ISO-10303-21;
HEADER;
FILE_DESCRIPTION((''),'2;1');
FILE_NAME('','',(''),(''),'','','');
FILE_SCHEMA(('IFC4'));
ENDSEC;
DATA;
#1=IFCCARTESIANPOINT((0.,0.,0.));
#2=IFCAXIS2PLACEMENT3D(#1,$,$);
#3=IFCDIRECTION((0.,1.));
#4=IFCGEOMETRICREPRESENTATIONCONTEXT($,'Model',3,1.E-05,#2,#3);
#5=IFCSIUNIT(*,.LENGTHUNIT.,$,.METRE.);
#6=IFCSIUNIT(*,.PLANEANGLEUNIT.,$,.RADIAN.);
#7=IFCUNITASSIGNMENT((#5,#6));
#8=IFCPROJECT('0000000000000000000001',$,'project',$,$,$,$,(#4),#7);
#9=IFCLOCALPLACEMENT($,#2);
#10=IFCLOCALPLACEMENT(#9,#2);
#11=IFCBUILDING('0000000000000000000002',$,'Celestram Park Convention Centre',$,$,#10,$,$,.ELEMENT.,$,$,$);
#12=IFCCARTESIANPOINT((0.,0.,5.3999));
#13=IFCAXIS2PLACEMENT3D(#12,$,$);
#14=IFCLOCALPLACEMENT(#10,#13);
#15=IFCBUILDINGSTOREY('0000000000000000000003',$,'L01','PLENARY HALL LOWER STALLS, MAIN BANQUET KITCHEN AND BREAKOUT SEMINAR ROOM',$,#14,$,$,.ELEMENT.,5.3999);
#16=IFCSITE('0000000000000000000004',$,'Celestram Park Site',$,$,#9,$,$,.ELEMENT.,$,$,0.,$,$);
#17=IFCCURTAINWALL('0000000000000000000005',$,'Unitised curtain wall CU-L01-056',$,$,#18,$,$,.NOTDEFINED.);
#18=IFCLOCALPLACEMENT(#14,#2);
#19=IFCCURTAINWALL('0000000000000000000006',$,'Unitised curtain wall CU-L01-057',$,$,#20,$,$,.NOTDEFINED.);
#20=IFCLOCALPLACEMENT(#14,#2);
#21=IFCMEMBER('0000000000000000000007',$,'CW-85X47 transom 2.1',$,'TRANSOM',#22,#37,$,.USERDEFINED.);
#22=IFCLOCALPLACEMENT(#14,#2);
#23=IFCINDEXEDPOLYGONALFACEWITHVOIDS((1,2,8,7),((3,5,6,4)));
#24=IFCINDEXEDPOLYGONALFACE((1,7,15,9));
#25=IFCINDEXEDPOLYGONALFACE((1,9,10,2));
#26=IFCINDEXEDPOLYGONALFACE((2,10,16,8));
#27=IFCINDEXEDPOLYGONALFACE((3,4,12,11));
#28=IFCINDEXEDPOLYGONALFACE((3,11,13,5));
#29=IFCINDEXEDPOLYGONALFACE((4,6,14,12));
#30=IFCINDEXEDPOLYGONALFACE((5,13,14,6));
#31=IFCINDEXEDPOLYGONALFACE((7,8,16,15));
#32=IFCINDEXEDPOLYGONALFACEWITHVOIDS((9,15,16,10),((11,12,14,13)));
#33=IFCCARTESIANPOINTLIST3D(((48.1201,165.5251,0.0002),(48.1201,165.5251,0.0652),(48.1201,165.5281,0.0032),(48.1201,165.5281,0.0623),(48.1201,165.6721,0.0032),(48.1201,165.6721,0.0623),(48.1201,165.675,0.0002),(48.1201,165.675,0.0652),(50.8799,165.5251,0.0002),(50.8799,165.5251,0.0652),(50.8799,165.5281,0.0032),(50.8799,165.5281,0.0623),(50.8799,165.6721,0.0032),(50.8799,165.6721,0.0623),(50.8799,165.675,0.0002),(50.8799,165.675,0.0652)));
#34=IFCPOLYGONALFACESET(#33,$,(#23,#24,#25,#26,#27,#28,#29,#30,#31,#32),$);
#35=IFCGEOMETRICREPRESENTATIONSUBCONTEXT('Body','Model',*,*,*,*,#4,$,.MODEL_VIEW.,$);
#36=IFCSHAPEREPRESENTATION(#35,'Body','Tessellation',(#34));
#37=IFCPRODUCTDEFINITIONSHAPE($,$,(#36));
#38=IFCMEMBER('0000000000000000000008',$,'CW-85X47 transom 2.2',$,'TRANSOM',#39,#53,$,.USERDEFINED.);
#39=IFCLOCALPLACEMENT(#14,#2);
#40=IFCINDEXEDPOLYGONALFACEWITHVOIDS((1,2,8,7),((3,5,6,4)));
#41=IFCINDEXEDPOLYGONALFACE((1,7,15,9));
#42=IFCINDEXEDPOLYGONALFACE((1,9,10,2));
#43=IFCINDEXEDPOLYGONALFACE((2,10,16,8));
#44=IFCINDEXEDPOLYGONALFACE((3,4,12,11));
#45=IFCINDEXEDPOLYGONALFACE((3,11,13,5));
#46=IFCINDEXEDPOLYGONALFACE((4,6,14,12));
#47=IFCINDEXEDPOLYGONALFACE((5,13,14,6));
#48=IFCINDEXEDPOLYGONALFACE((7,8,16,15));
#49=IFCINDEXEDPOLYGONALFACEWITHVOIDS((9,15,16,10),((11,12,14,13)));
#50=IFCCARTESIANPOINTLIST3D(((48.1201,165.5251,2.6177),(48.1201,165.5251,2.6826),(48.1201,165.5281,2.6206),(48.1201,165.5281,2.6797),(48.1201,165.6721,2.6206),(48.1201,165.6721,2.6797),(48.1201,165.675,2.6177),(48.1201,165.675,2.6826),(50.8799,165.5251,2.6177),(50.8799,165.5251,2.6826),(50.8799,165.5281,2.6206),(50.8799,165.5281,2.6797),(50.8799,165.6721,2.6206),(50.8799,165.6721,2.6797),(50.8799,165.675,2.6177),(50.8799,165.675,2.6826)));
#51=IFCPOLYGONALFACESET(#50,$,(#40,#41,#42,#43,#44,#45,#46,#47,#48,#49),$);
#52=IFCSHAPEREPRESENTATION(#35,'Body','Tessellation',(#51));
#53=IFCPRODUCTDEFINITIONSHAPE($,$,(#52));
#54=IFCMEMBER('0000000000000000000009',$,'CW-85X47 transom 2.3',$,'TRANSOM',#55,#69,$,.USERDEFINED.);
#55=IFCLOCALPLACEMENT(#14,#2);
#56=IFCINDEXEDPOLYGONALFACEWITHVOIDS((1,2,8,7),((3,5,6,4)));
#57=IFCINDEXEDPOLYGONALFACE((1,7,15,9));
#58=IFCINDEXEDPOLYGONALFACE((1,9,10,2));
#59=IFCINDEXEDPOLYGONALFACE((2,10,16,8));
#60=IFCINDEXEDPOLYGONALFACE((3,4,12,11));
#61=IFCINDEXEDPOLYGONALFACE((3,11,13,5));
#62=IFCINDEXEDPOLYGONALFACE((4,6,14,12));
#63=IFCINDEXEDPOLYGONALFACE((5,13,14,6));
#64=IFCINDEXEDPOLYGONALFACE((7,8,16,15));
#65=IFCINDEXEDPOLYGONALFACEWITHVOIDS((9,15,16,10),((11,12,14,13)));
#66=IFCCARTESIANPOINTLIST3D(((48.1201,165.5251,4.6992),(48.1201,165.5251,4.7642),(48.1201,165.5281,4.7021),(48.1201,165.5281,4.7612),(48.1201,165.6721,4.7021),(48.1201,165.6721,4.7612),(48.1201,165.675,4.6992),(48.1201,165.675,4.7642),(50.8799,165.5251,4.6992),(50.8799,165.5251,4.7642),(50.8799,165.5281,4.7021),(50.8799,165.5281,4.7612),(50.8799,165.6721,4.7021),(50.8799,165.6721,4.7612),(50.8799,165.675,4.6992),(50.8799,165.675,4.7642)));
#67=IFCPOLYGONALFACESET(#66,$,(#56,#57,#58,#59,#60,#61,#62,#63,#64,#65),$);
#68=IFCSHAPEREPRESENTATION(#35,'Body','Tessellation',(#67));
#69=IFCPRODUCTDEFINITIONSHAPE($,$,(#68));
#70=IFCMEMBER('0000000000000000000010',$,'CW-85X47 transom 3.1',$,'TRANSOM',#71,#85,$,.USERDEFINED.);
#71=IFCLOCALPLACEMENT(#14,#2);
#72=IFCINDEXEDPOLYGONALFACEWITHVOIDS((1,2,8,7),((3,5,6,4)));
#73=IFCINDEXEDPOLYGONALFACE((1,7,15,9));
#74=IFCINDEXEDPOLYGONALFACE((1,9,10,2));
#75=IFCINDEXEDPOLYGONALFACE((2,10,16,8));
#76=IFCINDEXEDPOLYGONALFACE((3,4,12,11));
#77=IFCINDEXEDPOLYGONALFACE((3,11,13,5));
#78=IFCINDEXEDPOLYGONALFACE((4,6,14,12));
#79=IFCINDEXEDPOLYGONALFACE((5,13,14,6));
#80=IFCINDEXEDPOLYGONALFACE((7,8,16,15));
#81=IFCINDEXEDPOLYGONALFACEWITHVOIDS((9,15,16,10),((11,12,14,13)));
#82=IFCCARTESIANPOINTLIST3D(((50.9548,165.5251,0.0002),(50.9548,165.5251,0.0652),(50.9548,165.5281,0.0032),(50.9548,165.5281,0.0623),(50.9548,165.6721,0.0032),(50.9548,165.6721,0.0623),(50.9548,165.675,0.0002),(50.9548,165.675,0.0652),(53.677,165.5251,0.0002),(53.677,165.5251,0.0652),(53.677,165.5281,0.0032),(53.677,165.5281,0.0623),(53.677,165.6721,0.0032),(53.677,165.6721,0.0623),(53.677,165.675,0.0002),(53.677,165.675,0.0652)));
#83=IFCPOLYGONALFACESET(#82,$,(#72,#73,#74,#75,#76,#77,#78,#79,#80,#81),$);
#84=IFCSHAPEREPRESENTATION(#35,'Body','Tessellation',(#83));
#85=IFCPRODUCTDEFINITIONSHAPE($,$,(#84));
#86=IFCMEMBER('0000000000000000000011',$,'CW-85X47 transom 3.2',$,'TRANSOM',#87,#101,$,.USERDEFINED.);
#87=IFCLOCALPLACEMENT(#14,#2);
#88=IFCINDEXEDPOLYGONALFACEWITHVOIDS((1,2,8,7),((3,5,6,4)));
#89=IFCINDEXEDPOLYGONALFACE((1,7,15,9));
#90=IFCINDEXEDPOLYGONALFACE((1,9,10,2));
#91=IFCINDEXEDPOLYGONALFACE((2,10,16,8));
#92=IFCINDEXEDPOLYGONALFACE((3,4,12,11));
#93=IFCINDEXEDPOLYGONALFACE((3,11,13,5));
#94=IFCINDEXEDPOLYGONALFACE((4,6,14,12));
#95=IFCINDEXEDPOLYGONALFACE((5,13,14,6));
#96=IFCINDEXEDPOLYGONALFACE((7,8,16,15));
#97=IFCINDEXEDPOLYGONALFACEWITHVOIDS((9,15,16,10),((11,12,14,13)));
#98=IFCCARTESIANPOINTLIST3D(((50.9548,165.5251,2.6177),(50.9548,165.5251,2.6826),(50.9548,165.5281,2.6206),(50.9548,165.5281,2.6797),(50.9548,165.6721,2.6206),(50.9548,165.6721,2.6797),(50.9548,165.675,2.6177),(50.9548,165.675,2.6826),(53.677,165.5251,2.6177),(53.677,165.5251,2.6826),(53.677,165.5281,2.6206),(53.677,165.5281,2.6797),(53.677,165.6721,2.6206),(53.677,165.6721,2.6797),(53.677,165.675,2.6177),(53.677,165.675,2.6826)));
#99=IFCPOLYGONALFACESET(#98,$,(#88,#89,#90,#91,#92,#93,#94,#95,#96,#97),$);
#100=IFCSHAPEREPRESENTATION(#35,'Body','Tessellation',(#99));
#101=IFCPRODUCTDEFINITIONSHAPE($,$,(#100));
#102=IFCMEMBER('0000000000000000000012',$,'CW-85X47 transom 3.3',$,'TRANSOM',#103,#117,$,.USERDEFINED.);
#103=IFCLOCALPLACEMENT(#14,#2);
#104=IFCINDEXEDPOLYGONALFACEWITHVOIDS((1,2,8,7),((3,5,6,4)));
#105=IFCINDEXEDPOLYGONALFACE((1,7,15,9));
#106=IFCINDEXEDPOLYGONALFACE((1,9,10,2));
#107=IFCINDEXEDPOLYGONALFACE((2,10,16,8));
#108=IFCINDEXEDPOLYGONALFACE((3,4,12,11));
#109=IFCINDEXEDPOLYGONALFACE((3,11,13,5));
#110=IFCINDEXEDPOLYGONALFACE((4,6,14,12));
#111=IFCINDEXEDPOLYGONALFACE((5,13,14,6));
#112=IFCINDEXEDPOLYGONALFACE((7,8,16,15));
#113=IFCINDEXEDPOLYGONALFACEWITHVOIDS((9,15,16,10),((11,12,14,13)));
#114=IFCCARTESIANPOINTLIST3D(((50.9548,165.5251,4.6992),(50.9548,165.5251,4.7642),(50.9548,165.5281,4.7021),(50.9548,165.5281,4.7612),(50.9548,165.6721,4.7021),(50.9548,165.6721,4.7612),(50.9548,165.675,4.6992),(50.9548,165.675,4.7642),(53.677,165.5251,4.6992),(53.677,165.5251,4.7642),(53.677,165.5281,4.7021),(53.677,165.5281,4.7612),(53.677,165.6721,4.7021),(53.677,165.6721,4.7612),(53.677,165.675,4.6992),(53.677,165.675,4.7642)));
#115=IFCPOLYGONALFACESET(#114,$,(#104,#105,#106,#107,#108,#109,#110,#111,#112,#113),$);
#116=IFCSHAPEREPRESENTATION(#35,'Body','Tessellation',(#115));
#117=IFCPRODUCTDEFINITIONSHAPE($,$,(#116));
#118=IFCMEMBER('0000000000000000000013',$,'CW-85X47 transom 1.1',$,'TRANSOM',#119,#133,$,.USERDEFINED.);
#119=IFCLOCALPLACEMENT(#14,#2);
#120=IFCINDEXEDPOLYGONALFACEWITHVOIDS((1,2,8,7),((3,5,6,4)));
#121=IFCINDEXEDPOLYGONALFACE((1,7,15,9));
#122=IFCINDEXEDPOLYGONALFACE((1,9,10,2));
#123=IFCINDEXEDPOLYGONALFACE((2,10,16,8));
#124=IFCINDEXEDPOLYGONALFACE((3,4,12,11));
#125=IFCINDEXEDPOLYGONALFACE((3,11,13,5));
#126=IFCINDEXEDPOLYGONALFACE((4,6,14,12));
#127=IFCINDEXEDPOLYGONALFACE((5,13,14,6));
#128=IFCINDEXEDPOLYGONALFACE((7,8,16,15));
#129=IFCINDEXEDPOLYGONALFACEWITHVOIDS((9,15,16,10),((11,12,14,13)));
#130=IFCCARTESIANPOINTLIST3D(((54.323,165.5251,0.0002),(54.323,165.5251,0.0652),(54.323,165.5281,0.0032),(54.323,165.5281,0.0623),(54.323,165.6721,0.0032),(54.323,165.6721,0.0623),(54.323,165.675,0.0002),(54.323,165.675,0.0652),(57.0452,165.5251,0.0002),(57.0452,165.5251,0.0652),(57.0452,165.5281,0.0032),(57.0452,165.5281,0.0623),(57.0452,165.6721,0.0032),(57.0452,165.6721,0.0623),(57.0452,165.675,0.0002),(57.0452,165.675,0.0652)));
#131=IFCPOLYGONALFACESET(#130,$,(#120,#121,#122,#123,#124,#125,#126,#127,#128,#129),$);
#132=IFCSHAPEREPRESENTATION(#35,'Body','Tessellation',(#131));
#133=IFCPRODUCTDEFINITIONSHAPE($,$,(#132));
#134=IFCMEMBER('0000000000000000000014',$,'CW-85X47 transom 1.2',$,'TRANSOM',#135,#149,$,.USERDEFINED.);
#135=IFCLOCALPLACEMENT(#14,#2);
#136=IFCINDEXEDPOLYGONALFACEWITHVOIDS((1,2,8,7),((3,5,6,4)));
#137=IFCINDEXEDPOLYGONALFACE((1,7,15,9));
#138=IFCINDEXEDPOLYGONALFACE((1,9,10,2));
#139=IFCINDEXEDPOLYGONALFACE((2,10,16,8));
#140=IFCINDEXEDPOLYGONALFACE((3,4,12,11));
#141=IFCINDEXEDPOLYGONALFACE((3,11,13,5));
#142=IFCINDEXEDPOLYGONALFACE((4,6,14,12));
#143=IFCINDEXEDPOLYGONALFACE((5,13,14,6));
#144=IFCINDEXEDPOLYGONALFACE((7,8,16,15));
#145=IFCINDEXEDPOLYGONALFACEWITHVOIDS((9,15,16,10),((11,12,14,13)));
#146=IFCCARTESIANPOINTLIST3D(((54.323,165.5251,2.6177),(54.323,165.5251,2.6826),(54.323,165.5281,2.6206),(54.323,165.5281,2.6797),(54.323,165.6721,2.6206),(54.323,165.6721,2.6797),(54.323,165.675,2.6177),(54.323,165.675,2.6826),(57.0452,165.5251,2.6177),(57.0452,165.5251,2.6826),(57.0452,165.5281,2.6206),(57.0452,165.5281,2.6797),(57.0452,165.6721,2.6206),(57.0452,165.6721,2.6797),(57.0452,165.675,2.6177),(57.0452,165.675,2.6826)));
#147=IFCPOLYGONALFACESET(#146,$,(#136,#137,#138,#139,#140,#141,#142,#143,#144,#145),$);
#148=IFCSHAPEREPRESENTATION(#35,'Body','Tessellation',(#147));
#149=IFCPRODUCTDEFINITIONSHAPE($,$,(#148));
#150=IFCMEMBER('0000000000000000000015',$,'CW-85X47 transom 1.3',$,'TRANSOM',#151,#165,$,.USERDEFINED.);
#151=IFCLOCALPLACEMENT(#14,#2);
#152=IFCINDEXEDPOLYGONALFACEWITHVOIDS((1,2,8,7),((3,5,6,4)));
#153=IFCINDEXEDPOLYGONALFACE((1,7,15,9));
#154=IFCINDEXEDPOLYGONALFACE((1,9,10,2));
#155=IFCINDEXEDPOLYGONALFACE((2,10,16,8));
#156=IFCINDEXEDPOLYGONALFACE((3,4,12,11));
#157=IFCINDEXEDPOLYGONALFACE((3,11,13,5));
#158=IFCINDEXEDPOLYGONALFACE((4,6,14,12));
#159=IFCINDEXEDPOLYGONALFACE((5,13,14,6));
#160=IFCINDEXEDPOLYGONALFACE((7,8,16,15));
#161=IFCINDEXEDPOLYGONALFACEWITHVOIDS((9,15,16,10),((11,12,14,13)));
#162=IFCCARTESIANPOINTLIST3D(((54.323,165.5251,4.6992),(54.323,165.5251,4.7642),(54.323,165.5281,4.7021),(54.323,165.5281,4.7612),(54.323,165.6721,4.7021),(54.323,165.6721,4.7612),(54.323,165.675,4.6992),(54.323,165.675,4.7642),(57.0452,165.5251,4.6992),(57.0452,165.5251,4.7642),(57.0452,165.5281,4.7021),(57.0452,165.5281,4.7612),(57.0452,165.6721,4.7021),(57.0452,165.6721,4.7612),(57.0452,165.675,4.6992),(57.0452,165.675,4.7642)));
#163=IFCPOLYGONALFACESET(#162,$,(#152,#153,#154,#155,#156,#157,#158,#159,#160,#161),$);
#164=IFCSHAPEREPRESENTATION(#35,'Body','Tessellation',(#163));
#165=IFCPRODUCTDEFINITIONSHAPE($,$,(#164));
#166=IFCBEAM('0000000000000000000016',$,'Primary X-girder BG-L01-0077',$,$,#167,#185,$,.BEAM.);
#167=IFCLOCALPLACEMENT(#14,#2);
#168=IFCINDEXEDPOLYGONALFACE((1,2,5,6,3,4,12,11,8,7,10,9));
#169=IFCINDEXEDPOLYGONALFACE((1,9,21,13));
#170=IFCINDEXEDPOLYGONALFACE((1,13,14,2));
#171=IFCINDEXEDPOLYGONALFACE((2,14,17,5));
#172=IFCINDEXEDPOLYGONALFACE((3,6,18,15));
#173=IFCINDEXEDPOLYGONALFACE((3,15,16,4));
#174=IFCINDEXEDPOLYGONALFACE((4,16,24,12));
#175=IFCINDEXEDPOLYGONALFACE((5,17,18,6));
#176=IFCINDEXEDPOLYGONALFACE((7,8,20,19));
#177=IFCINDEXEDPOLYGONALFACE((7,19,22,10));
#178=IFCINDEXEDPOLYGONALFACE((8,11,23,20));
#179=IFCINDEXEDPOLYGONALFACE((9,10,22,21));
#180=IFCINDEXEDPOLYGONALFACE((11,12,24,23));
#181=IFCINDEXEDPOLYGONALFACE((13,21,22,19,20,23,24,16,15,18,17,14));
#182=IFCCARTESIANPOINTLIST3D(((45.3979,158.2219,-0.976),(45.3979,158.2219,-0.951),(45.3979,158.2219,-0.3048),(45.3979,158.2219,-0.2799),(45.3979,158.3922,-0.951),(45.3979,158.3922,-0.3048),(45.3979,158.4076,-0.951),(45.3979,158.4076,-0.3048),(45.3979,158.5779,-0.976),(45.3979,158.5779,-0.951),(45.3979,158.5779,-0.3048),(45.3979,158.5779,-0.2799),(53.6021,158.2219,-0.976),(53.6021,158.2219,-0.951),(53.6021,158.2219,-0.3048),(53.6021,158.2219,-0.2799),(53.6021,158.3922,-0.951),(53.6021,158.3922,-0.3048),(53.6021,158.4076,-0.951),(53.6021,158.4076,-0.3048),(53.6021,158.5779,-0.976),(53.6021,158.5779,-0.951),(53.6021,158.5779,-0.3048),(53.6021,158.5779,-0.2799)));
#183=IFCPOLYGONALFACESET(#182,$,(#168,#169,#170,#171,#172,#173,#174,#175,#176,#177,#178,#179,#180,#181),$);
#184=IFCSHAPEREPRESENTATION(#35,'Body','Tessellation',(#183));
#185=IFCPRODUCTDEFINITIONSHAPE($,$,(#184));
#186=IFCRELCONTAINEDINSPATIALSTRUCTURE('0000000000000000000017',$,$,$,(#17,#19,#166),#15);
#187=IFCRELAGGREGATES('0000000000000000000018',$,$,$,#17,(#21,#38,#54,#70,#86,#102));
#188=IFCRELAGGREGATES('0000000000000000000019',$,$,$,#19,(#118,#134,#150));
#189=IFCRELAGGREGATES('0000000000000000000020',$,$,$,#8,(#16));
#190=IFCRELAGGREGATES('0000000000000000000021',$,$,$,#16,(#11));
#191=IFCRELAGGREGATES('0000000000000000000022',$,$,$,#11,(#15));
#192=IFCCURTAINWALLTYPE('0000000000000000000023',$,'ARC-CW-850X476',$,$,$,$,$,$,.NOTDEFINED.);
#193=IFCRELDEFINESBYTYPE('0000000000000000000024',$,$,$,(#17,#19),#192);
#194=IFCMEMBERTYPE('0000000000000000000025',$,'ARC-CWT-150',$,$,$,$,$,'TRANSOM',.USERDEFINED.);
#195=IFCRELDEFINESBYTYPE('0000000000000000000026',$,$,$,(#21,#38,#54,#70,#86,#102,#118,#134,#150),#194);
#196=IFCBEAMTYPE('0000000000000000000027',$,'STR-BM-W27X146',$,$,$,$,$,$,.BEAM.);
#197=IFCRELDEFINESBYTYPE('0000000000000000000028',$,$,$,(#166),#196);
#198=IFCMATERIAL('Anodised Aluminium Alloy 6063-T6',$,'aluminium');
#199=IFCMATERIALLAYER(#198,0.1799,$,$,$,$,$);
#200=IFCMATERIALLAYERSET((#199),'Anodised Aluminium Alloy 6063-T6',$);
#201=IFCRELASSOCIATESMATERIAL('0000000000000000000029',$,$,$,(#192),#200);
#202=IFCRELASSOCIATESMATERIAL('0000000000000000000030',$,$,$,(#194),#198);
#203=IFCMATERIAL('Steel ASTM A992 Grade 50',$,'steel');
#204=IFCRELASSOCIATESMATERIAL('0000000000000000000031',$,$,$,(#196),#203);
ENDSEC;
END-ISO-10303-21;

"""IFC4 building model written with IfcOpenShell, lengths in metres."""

from ifc_helpers import new_model, si_unit, direction, frame, origin, origin_2d, place, context, subcontext, project, spatial, hollow_rectangle, i_section, extrude, material, layer, layer_set, material_profile, profile_set, type_object, element, aggregate, save


model = new_model("IFC4")

# Units and contexts
model_context = context("Model", 3, precision=1e-05, world=origin(), true_north=direction((0.0, 1.0)))
body_context = subcontext(model_context, "Body", "Model", "MODEL_VIEW")
ifc_project = project(units=[si_unit("LENGTHUNIT", "METRE"), si_unit("PLANEANGLEUNIT", "RADIAN")], contexts=[model_context])

# Site, building, storey
site_placement = place(None, origin())
site = spatial("IfcSite", under=ifc_project, at=site_placement, Name="Celestram Park Site", CompositionType="ELEMENT", RefElevation=0.0)
building_placement = place(site_placement, origin())
building = spatial("IfcBuilding", under=site, at=building_placement, Name="Celestram Park Convention Centre", CompositionType="ELEMENT")
storey_placement = place(building_placement, frame((0.0, 0.0, 5.3999)))
storey = spatial("IfcBuildingStorey", under=building, at=storey_placement, Name="L01", Description="PLENARY HALL LOWER STALLS, MAIN BANQUET KITCHEN AND BREAKOUT SEMINAR ROOM", CompositionType="ELEMENT", Elevation=5.3999)

# Curtain wall
ifc_material_1 = material(Name="Anodised Aluminium Alloy 6063-T6", Category="aluminium")
ifc_layer_1 = layer(ifc_material_1, 0.1799)
ifc_layer_set_1 = layer_set([ifc_layer_1], Name="Anodised Aluminium Alloy 6063-T6")
curtain_wall_type = type_object("IfcCurtainWallType", Name="ARC-CW-850X476", PredefinedType="NOTDEFINED", material=ifc_layer_set_1)
curtain_wall_1_placement = place(storey_placement, origin())
curtain_wall_1 = element("IfcCurtainWall", 1, at=curtain_wall_1_placement, inside=storey, type_object=curtain_wall_type, Name="Unitised curtain wall CU-L01-056", PredefinedType="NOTDEFINED")

# Curtain wall
curtain_wall_2_placement = place(storey_placement, origin())
curtain_wall_2 = element("IfcCurtainWall", 2, at=curtain_wall_2_placement, inside=storey, type_object=curtain_wall_type, Name="Unitised curtain wall CU-L01-057", PredefinedType="NOTDEFINED")

# Members
ifc_material_profile_1 = material_profile(ifc_material_1, hollow_rectangle(XDim=0.1499, YDim=0.0649, WallThickness=0.0029, at=origin_2d()), Name="ALU150X65X3")
ifc_profile_set_1 = profile_set([ifc_material_profile_1], Name="Anodised Aluminium Alloy 6063-T6")
member_type_1 = type_object("IfcMemberType", Name="ARC-CWT-150", ElementType="TRANSOM", PredefinedType="USERDEFINED", material=ifc_profile_set_1)
member_1_placement = place(storey_placement, frame((48.1201, 165.6001, 0.0327), z_axis=(1.0, 0.0, 0.0), x_axis=(0.0, 1.0, 0.0)))
member_1 = element("IfcMember", 3, at=member_1_placement, type_object=member_type_1, Name="CW-85X47 transom 2.1", ObjectType="TRANSOM", PredefinedType="USERDEFINED", context=body_context, shape_type="SweptSolid", body=[
    extrude(hollow_rectangle(XDim=0.1499, YDim=0.0649, WallThickness=0.0029, at=origin_2d()), origin(), (0.0, 0.0, 1.0), 2.7598),
])
member_2_placement = place(storey_placement, frame((48.1201, 165.6001, 2.6501), z_axis=(1.0, 0.0, 0.0), x_axis=(0.0, 1.0, 0.0)))
member_2 = element("IfcMember", 4, at=member_2_placement, type_object=member_type_1, Name="CW-85X47 transom 2.2", ObjectType="TRANSOM", PredefinedType="USERDEFINED", context=body_context, shape_type="SweptSolid", body=[
    extrude(hollow_rectangle(XDim=0.1499, YDim=0.0649, WallThickness=0.0029, at=origin_2d()), origin(), (0.0, 0.0, 1.0), 2.7598),
])
member_3_placement = place(storey_placement, frame((48.1201, 165.6001, 4.7317), z_axis=(1.0, 0.0, 0.0), x_axis=(0.0, 1.0, 0.0)))
member_3 = element("IfcMember", 5, at=member_3_placement, type_object=member_type_1, Name="CW-85X47 transom 2.3", ObjectType="TRANSOM", PredefinedType="USERDEFINED", context=body_context, shape_type="SweptSolid", body=[
    extrude(hollow_rectangle(XDim=0.1499, YDim=0.0649, WallThickness=0.0029, at=origin_2d()), origin(), (0.0, 0.0, 1.0), 2.7598),
])
member_4_placement = place(storey_placement, frame((50.9548, 165.6001, 0.0327), z_axis=(1.0, 0.0, 0.0), x_axis=(0.0, 1.0, 0.0)))
member_4 = element("IfcMember", 6, at=member_4_placement, type_object=member_type_1, Name="CW-85X47 transom 3.1", ObjectType="TRANSOM", PredefinedType="USERDEFINED", context=body_context, shape_type="SweptSolid", body=[
    extrude(hollow_rectangle(XDim=0.1499, YDim=0.0649, WallThickness=0.0029, at=origin_2d()), origin(), (0.0, 0.0, 1.0), 2.7222),
])
member_5_placement = place(storey_placement, frame((50.9548, 165.6001, 2.6501), z_axis=(1.0, 0.0, 0.0), x_axis=(0.0, 1.0, 0.0)))
member_5 = element("IfcMember", 7, at=member_5_placement, type_object=member_type_1, Name="CW-85X47 transom 3.2", ObjectType="TRANSOM", PredefinedType="USERDEFINED", context=body_context, shape_type="SweptSolid", body=[
    extrude(hollow_rectangle(XDim=0.1499, YDim=0.0649, WallThickness=0.0029, at=origin_2d()), origin(), (0.0, 0.0, 1.0), 2.7222),
])
member_6_placement = place(storey_placement, frame((50.9548, 165.6001, 4.7317), z_axis=(1.0, 0.0, 0.0), x_axis=(0.0, 1.0, 0.0)))
member_6 = element("IfcMember", 8, at=member_6_placement, type_object=member_type_1, Name="CW-85X47 transom 3.3", ObjectType="TRANSOM", PredefinedType="USERDEFINED", context=body_context, shape_type="SweptSolid", body=[
    extrude(hollow_rectangle(XDim=0.1499, YDim=0.0649, WallThickness=0.0029, at=origin_2d()), origin(), (0.0, 0.0, 1.0), 2.7222),
])
member_7_placement = place(storey_placement, frame((54.323, 165.6001, 0.0327), z_axis=(1.0, 0.0, 0.0), x_axis=(0.0, 1.0, 0.0)))
member_7 = element("IfcMember", 9, at=member_7_placement, type_object=member_type_1, Name="CW-85X47 transom 1.1", ObjectType="TRANSOM", PredefinedType="USERDEFINED", context=body_context, shape_type="SweptSolid", body=[
    extrude(hollow_rectangle(XDim=0.1499, YDim=0.0649, WallThickness=0.0029, at=origin_2d()), origin(), (0.0, 0.0, 1.0), 2.7222),
])
member_8_placement = place(storey_placement, frame((54.323, 165.6001, 2.6501), z_axis=(1.0, 0.0, 0.0), x_axis=(0.0, 1.0, 0.0)))
member_8 = element("IfcMember", 10, at=member_8_placement, type_object=member_type_1, Name="CW-85X47 transom 1.2", ObjectType="TRANSOM", PredefinedType="USERDEFINED", context=body_context, shape_type="SweptSolid", body=[
    extrude(hollow_rectangle(XDim=0.1499, YDim=0.0649, WallThickness=0.0029, at=origin_2d()), origin(), (0.0, 0.0, 1.0), 2.7222),
])
member_9_placement = place(storey_placement, frame((54.323, 165.6001, 4.7317), z_axis=(1.0, 0.0, 0.0), x_axis=(0.0, 1.0, 0.0)))
member_9 = element("IfcMember", 11, at=member_9_placement, type_object=member_type_1, Name="CW-85X47 transom 1.3", ObjectType="TRANSOM", PredefinedType="USERDEFINED", context=body_context, shape_type="SweptSolid", body=[
    extrude(hollow_rectangle(XDim=0.1499, YDim=0.0649, WallThickness=0.0029, at=origin_2d()), origin(), (0.0, 0.0, 1.0), 2.7222),
])

# Beam
ifc_material_2 = material(Name="Steel ASTM A992 Grade 50", Category="steel")
ifc_material_profile_2 = material_profile(ifc_material_2, i_section(OverallWidth=0.356, OverallDepth=0.696, WebThickness=0.0154, FlangeThickness=0.0249, at=origin_2d()), Name="W27X146")
ifc_profile_set_2 = profile_set([ifc_material_profile_2], Name="Steel ASTM A992 Grade 50")
beam_type_1 = type_object("IfcBeamType", Name="STR-BM-W27X146", PredefinedType="BEAM", material=ifc_profile_set_2)
for number, where, z_axis, x_axis, name in (
    (12, (45.3979, 158.3999, -0.6279), (1.0, 0.0, 0.0), (0.0, 1.0, 0.0), "Primary X-girder BG-L01-0077"),
):
    element("IfcBeam", number, at=place(storey_placement, frame(where, z_axis=z_axis, x_axis=x_axis)), inside=storey, type_object=beam_type_1, Name=name, PredefinedType="BEAM", context=body_context, shape_type="SweptSolid", body=[
        extrude(i_section(OverallWidth=0.356, OverallDepth=0.696, WebThickness=0.0154, FlangeThickness=0.0249, at=origin_2d()), origin(), (0.0, 0.0, 1.0), 8.2041),
    ])

aggregate(curtain_wall_1, [member_1, member_2, member_3, member_4, member_5, member_6])
aggregate(curtain_wall_2, [member_7, member_8, member_9])

save(model, "model.ifc")
